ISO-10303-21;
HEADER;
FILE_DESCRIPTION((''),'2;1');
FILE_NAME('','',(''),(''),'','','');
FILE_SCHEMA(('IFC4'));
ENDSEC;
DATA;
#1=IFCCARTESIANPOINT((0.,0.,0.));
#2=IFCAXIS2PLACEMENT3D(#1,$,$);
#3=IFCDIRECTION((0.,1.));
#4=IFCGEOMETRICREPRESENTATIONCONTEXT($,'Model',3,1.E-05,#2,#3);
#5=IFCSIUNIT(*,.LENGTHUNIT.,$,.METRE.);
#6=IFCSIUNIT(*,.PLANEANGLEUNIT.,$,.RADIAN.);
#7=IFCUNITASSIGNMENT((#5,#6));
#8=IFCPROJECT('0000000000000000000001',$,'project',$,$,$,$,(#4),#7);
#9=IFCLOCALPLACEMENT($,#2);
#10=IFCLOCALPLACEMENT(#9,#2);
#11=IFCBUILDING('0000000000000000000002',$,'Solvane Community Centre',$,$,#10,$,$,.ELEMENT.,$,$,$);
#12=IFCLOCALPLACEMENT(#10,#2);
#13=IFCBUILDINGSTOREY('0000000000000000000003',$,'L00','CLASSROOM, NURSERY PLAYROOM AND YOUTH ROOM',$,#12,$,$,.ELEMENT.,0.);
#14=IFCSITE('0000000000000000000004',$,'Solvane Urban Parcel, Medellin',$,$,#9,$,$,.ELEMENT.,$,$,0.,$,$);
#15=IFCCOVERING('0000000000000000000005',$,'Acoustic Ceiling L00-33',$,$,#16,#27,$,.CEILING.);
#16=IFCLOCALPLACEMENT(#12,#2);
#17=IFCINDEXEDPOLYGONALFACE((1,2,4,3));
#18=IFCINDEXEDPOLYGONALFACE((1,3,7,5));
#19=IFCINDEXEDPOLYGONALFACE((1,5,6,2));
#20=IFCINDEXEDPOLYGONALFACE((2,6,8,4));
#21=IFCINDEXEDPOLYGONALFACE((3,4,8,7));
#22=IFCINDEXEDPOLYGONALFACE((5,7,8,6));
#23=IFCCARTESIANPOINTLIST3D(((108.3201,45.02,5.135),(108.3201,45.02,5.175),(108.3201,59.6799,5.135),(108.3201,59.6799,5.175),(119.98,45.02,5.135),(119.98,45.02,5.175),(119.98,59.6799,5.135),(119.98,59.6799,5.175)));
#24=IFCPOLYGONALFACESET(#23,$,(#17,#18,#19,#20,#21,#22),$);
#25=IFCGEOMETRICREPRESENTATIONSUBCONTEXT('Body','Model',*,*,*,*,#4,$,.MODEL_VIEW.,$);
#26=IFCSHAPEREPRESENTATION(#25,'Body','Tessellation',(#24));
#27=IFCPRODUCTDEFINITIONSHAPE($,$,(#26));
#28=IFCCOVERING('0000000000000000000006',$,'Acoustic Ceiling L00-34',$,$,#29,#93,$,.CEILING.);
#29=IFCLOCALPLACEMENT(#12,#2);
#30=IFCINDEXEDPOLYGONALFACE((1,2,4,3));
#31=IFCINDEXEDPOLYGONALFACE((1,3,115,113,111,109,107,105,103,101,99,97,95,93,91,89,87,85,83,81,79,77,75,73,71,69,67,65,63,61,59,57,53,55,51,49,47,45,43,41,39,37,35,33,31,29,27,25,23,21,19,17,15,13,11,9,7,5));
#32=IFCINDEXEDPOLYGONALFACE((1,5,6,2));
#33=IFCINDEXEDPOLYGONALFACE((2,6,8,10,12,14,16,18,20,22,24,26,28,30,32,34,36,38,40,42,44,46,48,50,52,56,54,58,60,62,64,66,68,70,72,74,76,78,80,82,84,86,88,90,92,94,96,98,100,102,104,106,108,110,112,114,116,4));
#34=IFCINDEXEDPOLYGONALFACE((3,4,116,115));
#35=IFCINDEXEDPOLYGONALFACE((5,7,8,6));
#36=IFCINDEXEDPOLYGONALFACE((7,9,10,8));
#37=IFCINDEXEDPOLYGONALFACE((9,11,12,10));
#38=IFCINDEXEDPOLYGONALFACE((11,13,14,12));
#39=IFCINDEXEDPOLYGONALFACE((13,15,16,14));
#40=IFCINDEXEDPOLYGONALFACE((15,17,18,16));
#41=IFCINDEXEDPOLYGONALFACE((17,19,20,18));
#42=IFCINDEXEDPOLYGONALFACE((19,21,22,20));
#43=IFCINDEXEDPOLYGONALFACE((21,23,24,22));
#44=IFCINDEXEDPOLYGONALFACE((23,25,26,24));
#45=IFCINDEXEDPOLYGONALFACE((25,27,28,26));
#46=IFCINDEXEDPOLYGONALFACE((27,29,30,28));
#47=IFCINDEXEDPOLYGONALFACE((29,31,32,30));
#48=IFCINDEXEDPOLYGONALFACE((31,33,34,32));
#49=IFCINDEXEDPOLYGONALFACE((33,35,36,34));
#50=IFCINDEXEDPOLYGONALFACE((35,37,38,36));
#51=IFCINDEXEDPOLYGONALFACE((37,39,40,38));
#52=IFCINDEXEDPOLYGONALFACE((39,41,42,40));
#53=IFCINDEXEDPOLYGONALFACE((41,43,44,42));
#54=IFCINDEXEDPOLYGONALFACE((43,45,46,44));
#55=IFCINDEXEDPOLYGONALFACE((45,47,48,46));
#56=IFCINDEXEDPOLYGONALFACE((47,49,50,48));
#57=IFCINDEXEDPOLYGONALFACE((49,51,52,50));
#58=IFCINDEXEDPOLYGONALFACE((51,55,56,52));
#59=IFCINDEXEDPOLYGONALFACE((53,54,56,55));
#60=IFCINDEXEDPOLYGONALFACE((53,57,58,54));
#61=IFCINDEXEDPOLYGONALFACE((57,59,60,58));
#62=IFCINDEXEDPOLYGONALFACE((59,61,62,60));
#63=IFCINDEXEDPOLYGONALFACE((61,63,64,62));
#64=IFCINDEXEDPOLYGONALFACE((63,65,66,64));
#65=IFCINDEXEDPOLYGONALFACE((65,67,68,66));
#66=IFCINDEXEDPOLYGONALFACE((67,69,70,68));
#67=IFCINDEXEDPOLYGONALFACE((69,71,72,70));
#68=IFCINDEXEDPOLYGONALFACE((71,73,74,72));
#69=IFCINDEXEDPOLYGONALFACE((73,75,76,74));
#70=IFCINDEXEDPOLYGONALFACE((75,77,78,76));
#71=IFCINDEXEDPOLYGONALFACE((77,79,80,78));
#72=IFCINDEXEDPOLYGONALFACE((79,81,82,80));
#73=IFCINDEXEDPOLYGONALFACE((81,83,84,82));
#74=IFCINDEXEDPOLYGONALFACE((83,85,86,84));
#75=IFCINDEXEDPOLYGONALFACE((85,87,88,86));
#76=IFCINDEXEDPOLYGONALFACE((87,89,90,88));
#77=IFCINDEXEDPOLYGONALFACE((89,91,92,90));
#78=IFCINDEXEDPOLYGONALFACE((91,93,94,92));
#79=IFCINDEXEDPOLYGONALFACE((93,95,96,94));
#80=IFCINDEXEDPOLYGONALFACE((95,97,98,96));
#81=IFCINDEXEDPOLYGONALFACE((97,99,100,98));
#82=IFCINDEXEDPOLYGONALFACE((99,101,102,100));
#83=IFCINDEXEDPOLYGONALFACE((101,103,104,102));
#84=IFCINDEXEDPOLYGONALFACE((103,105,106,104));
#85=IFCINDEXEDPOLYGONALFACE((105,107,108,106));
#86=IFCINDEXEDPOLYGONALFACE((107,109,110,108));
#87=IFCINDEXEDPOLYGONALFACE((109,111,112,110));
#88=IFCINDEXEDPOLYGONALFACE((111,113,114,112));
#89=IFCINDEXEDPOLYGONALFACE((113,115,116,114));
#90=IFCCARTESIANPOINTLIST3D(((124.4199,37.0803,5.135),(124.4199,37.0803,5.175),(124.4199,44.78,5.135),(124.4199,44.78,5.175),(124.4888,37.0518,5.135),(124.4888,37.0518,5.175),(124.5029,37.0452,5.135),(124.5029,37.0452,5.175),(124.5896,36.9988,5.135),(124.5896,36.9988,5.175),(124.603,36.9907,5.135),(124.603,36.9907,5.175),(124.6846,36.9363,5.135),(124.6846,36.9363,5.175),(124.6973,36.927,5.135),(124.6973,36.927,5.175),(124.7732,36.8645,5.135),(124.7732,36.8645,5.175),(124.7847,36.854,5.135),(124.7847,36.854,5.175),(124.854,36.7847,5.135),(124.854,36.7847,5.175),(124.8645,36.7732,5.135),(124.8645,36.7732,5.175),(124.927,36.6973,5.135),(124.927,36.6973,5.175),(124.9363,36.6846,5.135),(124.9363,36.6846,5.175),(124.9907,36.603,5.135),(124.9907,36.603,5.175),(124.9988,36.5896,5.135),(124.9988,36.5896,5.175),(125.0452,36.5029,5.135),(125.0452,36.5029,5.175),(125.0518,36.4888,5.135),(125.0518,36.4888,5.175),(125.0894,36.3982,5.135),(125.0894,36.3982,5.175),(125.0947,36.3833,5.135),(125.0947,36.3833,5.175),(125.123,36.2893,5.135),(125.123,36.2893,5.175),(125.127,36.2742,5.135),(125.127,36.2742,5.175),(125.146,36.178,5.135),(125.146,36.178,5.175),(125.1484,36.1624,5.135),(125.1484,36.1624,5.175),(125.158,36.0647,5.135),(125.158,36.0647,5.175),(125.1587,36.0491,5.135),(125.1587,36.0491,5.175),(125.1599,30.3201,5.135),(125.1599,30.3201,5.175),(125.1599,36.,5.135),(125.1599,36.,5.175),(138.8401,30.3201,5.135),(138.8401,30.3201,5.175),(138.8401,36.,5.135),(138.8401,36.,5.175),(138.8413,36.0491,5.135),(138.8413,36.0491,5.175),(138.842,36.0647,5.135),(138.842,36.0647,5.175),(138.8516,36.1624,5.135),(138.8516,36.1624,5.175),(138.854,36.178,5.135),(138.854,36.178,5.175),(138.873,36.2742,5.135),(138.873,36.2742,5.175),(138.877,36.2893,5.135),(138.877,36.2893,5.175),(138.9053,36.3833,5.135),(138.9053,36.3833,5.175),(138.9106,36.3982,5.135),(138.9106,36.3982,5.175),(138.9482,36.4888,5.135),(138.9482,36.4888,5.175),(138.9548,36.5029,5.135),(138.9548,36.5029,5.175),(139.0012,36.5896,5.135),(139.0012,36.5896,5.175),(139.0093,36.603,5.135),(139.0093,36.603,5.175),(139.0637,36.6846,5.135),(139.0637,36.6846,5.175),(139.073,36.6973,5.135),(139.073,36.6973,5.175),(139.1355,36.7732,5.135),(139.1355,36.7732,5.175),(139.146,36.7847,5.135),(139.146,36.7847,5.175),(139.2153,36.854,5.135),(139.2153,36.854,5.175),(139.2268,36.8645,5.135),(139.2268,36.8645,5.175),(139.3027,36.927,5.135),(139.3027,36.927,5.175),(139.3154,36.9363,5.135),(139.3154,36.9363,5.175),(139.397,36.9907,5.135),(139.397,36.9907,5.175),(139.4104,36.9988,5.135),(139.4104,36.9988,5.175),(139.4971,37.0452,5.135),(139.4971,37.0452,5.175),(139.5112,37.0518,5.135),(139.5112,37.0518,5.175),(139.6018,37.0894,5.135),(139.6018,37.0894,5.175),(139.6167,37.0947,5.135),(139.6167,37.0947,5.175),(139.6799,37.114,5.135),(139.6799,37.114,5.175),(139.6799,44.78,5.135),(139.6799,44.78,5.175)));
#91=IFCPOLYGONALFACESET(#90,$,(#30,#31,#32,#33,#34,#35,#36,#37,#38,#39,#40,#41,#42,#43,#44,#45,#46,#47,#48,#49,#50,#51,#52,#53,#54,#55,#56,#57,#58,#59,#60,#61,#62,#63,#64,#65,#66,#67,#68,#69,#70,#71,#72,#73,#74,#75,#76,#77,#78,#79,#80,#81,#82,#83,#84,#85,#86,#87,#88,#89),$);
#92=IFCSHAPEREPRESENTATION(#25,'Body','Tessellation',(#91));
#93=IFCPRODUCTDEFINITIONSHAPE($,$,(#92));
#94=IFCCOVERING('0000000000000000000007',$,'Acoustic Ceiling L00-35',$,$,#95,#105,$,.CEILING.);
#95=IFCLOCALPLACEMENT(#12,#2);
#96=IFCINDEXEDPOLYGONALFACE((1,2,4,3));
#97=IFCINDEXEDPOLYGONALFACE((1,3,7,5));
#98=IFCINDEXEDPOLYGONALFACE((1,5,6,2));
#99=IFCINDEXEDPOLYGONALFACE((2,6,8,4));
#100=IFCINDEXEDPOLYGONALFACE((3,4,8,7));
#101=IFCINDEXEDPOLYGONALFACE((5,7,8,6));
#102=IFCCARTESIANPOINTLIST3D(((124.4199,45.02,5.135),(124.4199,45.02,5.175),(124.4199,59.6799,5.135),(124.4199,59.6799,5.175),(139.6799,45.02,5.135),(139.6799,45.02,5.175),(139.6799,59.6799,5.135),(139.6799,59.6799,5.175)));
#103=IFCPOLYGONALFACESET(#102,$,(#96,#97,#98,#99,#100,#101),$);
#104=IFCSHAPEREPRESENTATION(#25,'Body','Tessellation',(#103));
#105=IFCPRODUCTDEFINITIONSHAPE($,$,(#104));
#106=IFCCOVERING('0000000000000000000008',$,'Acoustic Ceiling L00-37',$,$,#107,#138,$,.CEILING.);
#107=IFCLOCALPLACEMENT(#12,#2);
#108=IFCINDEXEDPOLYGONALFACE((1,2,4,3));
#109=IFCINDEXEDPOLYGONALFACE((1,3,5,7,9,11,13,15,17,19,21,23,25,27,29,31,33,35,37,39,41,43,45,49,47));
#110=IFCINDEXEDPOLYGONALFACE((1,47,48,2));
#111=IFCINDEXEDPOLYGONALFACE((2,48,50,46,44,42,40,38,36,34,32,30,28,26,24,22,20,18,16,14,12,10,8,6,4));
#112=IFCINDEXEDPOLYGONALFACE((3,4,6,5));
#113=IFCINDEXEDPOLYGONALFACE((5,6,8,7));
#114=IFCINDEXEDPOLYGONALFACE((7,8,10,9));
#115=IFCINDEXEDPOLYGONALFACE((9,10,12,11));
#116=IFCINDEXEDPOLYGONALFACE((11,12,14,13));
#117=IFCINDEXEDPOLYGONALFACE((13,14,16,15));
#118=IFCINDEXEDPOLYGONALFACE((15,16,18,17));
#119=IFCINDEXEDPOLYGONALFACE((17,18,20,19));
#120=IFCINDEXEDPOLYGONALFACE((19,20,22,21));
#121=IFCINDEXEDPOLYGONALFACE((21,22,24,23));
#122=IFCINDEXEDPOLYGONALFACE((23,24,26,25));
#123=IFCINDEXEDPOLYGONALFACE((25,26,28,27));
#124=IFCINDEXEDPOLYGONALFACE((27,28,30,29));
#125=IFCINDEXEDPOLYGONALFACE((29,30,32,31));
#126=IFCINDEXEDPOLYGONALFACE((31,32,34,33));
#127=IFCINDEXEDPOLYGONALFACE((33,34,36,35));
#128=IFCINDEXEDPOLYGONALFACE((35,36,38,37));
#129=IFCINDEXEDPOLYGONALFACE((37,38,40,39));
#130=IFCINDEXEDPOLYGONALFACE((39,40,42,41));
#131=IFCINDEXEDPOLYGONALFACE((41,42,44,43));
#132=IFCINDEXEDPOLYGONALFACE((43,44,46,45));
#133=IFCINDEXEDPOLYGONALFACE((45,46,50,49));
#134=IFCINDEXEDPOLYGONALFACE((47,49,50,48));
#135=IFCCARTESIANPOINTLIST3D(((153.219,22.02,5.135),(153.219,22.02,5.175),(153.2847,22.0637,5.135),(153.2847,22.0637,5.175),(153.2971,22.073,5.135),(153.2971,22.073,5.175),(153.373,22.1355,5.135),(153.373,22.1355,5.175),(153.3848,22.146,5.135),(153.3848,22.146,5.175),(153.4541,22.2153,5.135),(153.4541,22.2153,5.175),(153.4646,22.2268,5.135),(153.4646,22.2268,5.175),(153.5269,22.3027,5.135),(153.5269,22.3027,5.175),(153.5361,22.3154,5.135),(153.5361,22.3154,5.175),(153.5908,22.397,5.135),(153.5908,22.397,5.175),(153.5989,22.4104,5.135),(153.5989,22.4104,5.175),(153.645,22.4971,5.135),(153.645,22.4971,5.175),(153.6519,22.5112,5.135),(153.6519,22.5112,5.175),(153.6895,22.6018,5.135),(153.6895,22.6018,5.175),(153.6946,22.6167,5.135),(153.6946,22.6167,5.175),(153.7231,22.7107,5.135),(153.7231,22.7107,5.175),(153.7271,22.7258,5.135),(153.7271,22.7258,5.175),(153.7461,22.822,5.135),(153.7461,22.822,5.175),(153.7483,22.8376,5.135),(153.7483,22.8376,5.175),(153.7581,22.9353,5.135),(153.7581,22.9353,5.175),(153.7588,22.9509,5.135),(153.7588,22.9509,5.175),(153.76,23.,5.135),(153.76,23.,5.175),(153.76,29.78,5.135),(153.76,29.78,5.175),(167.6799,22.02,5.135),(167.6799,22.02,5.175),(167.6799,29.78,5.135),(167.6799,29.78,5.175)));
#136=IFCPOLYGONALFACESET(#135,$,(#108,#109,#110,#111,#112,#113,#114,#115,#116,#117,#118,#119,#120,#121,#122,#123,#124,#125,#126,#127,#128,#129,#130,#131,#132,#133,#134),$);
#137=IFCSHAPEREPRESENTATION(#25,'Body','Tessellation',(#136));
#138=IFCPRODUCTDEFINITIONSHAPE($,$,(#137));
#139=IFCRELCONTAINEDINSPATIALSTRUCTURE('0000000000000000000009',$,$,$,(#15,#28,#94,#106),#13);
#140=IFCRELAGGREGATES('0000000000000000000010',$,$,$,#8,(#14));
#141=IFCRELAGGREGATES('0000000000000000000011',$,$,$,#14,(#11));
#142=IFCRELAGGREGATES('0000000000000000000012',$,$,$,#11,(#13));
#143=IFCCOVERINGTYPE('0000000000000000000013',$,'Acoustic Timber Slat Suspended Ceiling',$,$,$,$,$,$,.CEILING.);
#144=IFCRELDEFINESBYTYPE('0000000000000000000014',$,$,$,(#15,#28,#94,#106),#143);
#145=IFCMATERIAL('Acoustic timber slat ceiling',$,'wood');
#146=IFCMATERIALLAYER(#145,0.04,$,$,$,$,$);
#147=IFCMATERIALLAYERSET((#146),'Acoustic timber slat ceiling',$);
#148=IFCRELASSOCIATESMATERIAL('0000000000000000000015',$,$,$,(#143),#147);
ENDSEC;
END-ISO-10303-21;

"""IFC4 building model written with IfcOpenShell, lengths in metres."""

from ifc_helpers import new_model, si_unit, direction, frame, origin, place, context, subcontext, project, spatial, polyline, outline, extrude, material, layer, layer_set, type_object, element, save


model = new_model("IFC4")

# Units and contexts
model_context = context("Model", 3, precision=1e-05, world=origin(), true_north=direction((0.0, 1.0)))
body_context = subcontext(model_context, "Body", "Model", "MODEL_VIEW")
ifc_project = project(units=[si_unit("LENGTHUNIT", "METRE"), si_unit("PLANEANGLEUNIT", "RADIAN")], contexts=[model_context])

# Site, building, storey
site_placement = place(None, origin())
site = spatial("IfcSite", under=ifc_project, at=site_placement, Name="Solvane Urban Parcel, Medellin", CompositionType="ELEMENT", RefElevation=0.0)
building_placement = place(site_placement, origin())
building = spatial("IfcBuilding", under=site, at=building_placement, Name="Solvane Community Centre", CompositionType="ELEMENT")
storey_placement = place(building_placement, origin())
storey = spatial("IfcBuildingStorey", under=building, at=storey_placement, Name="L00", Description="CLASSROOM, NURSERY PLAYROOM AND YOUTH ROOM", CompositionType="ELEMENT", Elevation=0.0)

# Coverings
ifc_material_1 = material(Name="Acoustic timber slat ceiling", Category="wood")
ifc_layer_1 = layer(ifc_material_1, 0.04)
ifc_layer_set_1 = layer_set([ifc_layer_1], Name="Acoustic timber slat ceiling")
covering_type = type_object("IfcCoveringType", Name="Acoustic Timber Slat Suspended Ceiling", PredefinedType="CEILING", material=ifc_layer_set_1)
covering_1_placement = place(storey_placement, frame((0.0, 0.0, 5.135)))
element("IfcCovering", 1, at=covering_1_placement, inside=storey, type_object=covering_type, Name="Acoustic Ceiling L00-33", PredefinedType="CEILING", context=body_context, shape_type="SweptSolid", body=[
    extrude(outline(polyline([(108.3201, 45.02), (108.3201, 59.6799), (119.98, 59.6799), (119.98, 45.02), (108.3201, 45.02)])), origin(), (0.0, 0.0, 1.0), 0.04),
])
covering_2_placement = place(storey_placement, frame((0.0, 0.0, 5.135)))
element("IfcCovering", 2, at=covering_2_placement, inside=storey, type_object=covering_type, Name="Acoustic Ceiling L00-34", PredefinedType="CEILING", context=body_context, shape_type="SweptSolid", body=[
    extrude(outline(polyline([(124.4199, 44.78), (139.6799, 44.78), (139.6799, 37.114), (139.6167, 37.0947), (139.6018, 37.0894), (139.5112, 37.0518), (139.4971, 37.0452), (139.4104, 36.9988), (139.397, 36.9907), (139.3154, 36.9363), (139.3027, 36.927), (139.2268, 36.8645), (139.2153, 36.854), (139.146, 36.7847), (139.1355, 36.7732), (139.073, 36.6973), (139.0637, 36.6846), (139.0093, 36.603), (139.0012, 36.5896), (138.9548, 36.5029), (138.9482, 36.4888), (138.9106, 36.3982), (138.9053, 36.3833), (138.877, 36.2893), (138.873, 36.2742), (138.854, 36.178), (138.8516, 36.1624), (138.842, 36.0647), (138.8413, 36.0491), (138.8401, 36.0), (138.8401, 30.3201), (125.1599, 30.3201), (125.1599, 36.0), (125.1587, 36.0491), (125.158, 36.0647), (125.1484, 36.1624), (125.146, 36.178), (125.127, 36.2742), (125.123, 36.2893), (125.0947, 36.3833), (125.0894, 36.3982), (125.0518, 36.4888), (125.0452, 36.5029), (124.9988, 36.5896), (124.9907, 36.603), (124.9363, 36.6846), (124.927, 36.6973), (124.8645, 36.7732), (124.854, 36.7847), (124.7847, 36.854), (124.7732, 36.8645), (124.6973, 36.927), (124.6846, 36.9363), (124.603, 36.9907), (124.5896, 36.9988), (124.5029, 37.0452), (124.4888, 37.0518), (124.4199, 37.0803), (124.4199, 44.78)])), origin(), (0.0, 0.0, 1.0), 0.04),
])
covering_3_placement = place(storey_placement, frame((0.0, 0.0, 5.135)))
element("IfcCovering", 3, at=covering_3_placement, inside=storey, type_object=covering_type, Name="Acoustic Ceiling L00-35", PredefinedType="CEILING", context=body_context, shape_type="SweptSolid", body=[
    extrude(outline(polyline([(124.4199, 45.02), (124.4199, 59.6799), (139.6799, 59.6799), (139.6799, 45.02), (124.4199, 45.02)])), origin(), (0.0, 0.0, 1.0), 0.04),
])
covering_4_placement = place(storey_placement, frame((0.0, 0.0, 5.135)))
element("IfcCovering", 4, at=covering_4_placement, inside=storey, type_object=covering_type, Name="Acoustic Ceiling L00-37", PredefinedType="CEILING", context=body_context, shape_type="SweptSolid", body=[
    extrude(outline(polyline([(167.6799, 29.78), (167.6799, 22.02), (153.219, 22.02), (153.2847, 22.0637), (153.2971, 22.073), (153.373, 22.1355), (153.3848, 22.146), (153.4541, 22.2153), (153.4646, 22.2268), (153.5269, 22.3027), (153.5361, 22.3154), (153.5908, 22.397), (153.5989, 22.4104), (153.645, 22.4971), (153.6519, 22.5112), (153.6895, 22.6018), (153.6946, 22.6167), (153.7231, 22.7107), (153.7271, 22.7258), (153.7461, 22.822), (153.7483, 22.8376), (153.7581, 22.9353), (153.7588, 22.9509), (153.76, 23.0), (153.76, 29.78), (167.6799, 29.78)])), origin(), (0.0, 0.0, 1.0), 0.04),
])

save(model, "model.ifc")
